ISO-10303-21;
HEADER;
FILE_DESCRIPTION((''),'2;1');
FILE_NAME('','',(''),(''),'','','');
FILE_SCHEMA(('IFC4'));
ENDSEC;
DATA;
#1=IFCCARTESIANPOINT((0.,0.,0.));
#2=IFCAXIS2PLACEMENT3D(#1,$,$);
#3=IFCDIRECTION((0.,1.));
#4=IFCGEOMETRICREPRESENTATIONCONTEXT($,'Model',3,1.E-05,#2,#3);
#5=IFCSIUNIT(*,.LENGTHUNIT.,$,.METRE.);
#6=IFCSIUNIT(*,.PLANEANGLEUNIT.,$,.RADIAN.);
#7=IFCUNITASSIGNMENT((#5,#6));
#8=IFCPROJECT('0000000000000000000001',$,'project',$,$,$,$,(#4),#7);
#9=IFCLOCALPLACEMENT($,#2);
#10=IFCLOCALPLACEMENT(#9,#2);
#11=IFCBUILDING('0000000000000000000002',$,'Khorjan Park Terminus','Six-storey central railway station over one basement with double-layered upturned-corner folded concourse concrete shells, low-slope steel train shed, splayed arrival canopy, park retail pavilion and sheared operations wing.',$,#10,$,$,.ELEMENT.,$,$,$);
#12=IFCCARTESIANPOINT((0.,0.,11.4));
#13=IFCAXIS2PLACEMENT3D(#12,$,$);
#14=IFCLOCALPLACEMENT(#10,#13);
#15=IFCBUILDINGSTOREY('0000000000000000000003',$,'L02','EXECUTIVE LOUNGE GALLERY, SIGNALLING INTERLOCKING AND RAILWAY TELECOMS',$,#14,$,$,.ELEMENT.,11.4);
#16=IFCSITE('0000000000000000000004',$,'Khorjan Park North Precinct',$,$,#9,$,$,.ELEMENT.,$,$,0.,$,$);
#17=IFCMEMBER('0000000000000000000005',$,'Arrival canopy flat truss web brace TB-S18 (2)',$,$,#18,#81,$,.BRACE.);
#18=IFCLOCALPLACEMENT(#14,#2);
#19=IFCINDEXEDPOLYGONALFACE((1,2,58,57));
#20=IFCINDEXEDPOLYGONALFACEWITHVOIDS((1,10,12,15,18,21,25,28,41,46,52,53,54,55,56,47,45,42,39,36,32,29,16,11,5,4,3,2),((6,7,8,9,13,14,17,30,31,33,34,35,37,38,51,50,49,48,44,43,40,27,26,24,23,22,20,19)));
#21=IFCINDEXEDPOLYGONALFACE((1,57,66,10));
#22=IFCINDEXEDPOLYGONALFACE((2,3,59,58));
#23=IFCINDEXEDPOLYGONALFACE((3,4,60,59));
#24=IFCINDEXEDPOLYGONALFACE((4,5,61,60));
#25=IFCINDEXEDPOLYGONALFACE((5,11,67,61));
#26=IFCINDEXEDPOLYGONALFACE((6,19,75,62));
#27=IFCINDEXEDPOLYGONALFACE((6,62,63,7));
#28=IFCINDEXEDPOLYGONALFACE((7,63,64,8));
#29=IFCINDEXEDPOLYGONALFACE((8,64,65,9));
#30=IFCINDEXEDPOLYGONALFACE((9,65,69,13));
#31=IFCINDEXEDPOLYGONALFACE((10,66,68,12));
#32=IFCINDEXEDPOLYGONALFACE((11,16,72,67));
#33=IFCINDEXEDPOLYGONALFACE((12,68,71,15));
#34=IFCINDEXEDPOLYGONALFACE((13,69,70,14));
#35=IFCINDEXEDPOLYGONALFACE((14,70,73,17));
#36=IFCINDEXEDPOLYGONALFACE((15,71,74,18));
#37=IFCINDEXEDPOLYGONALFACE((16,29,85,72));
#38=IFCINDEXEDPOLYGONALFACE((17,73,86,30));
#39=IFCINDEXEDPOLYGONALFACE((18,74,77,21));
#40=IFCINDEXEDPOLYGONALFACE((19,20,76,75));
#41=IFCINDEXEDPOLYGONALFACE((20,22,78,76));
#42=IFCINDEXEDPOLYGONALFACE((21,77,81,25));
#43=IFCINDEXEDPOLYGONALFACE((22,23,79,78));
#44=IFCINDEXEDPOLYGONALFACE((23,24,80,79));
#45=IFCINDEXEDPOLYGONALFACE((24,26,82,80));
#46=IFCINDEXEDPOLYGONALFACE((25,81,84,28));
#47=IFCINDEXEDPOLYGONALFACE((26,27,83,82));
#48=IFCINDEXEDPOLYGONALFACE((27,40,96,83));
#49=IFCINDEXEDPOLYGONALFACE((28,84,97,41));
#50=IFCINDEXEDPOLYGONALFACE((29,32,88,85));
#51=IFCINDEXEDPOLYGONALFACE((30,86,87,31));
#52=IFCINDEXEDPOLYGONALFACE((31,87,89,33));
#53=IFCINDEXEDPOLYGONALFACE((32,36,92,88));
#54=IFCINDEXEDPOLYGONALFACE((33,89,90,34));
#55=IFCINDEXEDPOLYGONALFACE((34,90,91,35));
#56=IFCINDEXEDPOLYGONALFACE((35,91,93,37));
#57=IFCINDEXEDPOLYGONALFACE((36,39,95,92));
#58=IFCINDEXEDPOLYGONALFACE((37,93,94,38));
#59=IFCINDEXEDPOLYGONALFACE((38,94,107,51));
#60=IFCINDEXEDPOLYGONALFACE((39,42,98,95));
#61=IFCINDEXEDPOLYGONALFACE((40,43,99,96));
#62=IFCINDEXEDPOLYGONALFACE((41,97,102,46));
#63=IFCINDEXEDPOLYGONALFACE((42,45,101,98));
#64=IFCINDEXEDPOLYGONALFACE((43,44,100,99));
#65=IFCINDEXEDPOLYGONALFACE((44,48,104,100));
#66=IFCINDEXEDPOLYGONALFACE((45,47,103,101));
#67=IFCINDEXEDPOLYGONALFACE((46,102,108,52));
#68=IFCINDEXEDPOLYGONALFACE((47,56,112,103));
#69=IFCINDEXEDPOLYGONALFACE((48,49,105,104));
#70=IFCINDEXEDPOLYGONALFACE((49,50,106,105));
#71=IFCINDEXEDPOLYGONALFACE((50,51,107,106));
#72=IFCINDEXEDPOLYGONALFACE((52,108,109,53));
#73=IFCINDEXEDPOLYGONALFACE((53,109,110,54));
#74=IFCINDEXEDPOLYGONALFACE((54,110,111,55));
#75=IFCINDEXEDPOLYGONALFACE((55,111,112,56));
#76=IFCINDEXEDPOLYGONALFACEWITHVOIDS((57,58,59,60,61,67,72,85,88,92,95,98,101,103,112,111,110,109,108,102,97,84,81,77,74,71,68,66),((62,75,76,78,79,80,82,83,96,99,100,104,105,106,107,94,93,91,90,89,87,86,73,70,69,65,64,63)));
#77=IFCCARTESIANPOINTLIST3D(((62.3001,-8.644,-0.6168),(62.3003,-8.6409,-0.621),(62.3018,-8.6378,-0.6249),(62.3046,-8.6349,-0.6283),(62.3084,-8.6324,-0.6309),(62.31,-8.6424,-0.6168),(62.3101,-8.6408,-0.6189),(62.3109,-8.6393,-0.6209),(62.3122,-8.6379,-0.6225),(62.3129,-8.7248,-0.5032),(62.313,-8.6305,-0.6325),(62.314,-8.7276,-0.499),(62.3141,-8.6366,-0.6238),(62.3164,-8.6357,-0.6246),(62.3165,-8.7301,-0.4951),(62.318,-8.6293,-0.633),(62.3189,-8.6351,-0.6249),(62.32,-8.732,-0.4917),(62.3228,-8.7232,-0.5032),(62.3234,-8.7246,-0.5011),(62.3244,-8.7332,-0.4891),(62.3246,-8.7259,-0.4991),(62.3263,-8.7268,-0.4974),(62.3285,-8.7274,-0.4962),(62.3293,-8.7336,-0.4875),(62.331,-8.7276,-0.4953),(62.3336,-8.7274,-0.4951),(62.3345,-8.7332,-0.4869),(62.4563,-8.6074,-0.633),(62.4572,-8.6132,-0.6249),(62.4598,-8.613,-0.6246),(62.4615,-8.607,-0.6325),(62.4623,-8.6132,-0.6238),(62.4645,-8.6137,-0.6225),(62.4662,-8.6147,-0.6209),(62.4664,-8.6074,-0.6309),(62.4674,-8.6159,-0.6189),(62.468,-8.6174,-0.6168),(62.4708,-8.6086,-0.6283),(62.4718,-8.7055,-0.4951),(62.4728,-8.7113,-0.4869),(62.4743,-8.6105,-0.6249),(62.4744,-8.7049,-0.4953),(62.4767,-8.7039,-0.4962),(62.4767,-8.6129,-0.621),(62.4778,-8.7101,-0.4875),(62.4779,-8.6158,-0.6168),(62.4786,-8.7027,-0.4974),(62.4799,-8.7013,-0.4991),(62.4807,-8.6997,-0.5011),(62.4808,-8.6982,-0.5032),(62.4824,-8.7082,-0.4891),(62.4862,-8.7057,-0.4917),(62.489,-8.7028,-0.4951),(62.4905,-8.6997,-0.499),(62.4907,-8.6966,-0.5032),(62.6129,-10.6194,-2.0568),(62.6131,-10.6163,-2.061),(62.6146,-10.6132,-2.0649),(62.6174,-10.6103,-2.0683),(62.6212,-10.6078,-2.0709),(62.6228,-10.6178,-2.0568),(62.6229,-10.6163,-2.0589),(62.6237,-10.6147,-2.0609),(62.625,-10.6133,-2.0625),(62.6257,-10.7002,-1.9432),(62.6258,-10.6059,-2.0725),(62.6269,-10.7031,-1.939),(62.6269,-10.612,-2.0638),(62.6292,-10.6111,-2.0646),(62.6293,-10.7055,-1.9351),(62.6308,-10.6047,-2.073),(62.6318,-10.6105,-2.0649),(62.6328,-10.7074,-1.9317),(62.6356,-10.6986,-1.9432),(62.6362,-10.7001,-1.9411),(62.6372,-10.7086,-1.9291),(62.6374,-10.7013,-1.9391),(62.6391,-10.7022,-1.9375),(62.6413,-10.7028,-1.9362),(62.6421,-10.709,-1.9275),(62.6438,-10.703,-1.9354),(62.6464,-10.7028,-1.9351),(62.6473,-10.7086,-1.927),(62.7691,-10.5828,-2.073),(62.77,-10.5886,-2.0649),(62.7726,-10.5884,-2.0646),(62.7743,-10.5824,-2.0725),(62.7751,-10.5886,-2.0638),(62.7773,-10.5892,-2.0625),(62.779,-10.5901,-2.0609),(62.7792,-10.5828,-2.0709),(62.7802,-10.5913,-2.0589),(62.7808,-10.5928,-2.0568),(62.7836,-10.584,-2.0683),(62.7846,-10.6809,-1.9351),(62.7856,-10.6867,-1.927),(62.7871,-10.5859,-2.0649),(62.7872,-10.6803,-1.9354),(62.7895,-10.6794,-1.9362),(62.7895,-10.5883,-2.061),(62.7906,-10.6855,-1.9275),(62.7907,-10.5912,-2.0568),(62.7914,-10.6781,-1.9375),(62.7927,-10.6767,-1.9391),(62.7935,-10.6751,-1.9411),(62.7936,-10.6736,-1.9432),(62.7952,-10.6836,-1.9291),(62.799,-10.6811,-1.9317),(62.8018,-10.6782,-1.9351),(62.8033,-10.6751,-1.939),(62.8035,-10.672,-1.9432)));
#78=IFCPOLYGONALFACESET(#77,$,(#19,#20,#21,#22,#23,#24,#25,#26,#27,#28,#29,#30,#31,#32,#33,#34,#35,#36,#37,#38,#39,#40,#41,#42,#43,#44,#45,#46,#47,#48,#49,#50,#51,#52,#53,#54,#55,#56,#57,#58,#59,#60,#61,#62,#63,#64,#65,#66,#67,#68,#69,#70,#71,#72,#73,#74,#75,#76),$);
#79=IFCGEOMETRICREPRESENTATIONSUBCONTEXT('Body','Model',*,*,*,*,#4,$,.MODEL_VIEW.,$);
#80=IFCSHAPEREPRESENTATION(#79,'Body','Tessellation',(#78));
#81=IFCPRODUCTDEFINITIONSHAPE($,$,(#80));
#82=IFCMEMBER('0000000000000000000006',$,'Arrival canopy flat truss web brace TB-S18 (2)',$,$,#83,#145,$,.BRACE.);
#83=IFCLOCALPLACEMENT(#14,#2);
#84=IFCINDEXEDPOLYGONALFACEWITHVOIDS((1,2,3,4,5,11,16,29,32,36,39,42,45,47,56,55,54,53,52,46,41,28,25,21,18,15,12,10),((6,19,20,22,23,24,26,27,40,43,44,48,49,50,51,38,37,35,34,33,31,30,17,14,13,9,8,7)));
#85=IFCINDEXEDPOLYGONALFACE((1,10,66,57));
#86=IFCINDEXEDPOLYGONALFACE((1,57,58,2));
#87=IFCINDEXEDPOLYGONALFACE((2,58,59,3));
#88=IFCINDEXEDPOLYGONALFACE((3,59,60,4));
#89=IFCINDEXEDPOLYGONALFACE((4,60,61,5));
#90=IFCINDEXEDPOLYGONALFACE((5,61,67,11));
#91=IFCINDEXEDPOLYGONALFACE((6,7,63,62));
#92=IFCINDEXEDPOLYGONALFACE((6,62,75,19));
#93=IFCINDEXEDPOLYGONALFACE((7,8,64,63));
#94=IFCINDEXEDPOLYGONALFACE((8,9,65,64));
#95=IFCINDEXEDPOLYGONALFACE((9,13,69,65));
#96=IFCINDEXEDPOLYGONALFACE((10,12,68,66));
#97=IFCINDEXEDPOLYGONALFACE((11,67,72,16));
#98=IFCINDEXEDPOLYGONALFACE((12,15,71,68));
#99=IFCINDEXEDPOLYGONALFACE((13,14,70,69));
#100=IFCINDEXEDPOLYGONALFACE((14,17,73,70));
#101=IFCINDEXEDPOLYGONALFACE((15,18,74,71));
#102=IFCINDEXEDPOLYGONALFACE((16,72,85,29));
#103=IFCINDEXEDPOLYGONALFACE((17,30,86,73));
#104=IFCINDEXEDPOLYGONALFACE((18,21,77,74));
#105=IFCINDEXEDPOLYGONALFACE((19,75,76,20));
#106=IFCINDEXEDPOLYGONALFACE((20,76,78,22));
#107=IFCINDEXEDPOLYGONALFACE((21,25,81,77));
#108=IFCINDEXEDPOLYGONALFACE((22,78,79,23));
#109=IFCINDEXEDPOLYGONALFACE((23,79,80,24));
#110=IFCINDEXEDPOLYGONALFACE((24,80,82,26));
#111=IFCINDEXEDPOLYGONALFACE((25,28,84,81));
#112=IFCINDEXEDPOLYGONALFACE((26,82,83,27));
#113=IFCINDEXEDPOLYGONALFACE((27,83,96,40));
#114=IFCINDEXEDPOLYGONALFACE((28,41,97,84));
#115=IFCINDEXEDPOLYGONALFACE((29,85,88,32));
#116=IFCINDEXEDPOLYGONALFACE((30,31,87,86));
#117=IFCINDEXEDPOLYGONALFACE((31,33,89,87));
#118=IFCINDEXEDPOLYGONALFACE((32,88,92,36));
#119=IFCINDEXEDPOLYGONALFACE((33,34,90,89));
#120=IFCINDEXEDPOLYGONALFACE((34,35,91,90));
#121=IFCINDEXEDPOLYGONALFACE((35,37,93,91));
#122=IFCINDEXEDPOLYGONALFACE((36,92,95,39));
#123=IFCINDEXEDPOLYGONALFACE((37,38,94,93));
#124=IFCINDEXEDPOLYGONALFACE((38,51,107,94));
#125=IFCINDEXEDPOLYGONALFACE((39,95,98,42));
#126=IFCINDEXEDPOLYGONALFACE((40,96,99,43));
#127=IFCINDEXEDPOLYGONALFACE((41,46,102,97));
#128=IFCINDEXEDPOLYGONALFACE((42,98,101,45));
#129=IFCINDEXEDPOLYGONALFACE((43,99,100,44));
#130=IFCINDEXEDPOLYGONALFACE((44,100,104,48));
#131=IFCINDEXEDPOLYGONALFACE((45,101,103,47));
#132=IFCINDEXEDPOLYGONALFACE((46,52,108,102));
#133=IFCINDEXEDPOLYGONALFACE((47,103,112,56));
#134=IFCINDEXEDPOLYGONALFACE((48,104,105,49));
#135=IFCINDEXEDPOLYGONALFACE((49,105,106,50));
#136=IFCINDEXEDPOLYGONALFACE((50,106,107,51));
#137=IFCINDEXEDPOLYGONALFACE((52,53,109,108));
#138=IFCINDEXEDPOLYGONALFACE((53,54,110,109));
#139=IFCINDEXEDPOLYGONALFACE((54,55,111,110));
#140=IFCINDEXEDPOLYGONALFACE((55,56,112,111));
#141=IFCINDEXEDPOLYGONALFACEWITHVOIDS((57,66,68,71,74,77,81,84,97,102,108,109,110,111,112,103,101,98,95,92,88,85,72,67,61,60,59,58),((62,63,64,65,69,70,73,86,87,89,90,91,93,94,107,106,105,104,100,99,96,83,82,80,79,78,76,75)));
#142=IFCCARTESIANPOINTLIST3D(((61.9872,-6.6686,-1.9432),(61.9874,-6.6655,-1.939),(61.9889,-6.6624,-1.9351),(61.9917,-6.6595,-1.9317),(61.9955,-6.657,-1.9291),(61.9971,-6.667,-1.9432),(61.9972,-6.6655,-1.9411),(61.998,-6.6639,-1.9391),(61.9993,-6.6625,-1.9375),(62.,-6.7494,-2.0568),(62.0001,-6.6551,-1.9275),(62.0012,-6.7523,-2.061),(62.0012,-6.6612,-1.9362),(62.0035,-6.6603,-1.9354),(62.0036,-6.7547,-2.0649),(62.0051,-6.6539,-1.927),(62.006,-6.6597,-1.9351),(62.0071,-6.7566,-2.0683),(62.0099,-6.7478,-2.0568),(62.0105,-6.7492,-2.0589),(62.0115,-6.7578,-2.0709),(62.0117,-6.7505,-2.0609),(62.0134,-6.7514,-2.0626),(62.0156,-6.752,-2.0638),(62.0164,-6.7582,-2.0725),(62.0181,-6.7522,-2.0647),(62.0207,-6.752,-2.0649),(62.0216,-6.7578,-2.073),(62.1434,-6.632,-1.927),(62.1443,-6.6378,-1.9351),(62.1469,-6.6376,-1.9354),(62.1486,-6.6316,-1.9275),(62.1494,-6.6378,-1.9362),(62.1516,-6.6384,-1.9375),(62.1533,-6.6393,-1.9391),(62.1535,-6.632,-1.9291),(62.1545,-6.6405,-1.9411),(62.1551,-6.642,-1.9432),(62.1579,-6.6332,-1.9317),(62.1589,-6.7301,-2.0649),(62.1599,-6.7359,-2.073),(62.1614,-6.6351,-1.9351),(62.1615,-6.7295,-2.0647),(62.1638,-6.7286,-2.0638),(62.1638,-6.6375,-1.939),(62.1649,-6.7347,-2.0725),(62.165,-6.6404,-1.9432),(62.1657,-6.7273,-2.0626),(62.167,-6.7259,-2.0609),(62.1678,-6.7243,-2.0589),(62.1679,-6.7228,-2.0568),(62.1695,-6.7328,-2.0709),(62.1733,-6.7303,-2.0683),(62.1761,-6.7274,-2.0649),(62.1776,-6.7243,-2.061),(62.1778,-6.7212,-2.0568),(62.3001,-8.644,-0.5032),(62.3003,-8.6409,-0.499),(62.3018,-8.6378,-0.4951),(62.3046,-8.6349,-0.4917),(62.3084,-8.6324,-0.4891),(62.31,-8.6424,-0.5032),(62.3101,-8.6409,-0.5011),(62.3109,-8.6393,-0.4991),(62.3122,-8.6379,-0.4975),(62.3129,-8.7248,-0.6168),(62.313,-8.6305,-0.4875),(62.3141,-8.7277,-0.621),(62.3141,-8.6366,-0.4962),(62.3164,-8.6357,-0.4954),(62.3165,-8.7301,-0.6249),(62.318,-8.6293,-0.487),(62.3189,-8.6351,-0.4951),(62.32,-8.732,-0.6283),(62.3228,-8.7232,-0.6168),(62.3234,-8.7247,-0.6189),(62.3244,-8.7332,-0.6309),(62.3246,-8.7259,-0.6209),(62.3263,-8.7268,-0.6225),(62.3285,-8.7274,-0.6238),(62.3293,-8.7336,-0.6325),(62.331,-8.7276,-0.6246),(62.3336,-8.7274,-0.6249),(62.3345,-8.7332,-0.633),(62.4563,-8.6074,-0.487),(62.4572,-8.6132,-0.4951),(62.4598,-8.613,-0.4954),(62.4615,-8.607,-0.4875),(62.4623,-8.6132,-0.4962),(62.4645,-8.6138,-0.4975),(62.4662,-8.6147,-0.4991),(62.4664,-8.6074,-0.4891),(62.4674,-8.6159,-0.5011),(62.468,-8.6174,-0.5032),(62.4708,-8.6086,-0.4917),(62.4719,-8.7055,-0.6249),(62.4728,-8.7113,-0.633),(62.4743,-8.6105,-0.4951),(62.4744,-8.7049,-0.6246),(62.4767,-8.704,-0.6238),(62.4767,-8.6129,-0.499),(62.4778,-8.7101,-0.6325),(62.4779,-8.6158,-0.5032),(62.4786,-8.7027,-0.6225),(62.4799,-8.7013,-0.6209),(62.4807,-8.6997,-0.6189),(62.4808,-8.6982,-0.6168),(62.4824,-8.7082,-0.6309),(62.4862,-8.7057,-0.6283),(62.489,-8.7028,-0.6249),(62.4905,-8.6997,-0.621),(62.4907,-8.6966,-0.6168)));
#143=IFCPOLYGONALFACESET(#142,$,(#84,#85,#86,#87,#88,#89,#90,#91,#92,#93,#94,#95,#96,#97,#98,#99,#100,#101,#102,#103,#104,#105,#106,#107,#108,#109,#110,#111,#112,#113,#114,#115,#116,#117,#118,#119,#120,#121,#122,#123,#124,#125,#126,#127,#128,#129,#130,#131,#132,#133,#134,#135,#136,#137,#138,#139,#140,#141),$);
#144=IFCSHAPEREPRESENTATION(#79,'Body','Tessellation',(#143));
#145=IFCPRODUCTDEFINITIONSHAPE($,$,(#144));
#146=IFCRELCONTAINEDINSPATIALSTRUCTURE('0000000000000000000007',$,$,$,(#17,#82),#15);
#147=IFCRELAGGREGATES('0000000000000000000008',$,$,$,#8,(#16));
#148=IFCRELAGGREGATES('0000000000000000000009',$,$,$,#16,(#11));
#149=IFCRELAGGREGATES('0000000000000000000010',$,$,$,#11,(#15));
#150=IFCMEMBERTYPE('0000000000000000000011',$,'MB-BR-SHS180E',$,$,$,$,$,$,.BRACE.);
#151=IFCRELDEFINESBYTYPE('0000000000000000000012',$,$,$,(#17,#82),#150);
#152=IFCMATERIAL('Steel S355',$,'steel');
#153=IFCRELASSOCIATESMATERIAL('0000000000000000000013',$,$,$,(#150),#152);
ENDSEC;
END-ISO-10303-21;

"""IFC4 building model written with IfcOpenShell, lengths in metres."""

from ifc_helpers import new_model, si_unit, direction, frame, origin, origin_2d, place, context, subcontext, project, spatial, hollow_rectangle, extrude, material, material_profile, profile_set, type_object, element, save


model = new_model("IFC4")

# Units and contexts
model_context = context("Model", 3, precision=1e-05, world=origin(), true_north=direction((0.0, 1.0)))
body_context = subcontext(model_context, "Body", "Model", "MODEL_VIEW")
ifc_project = project(units=[si_unit("LENGTHUNIT", "METRE"), si_unit("PLANEANGLEUNIT", "RADIAN")], contexts=[model_context])

# Site, building, storey
site_placement = place(None, origin())
site = spatial("IfcSite", under=ifc_project, at=site_placement, Name="Khorjan Park North Precinct", CompositionType="ELEMENT", RefElevation=0.0)
building_placement = place(site_placement, origin())
building = spatial("IfcBuilding", under=site, at=building_placement, Name="Khorjan Park Terminus", Description="Six-storey central railway station over one basement with double-layered upturned-corner folded concourse concrete shells, low-slope steel train shed, splayed arrival canopy, park retail pavilion and sheared operations wing.", CompositionType="ELEMENT")
storey_placement = place(building_placement, frame((0.0, 0.0, 11.4)))
storey = spatial("IfcBuildingStorey", under=building, at=storey_placement, Name="L02", Description="EXECUTIVE LOUNGE GALLERY, SIGNALLING INTERLOCKING AND RAILWAY TELECOMS", CompositionType="ELEMENT", Elevation=11.4)

# Members
ifc_material = material(Name="Steel S355", Category="steel")
ifc_material_profile_1 = material_profile(ifc_material, hollow_rectangle(XDim=0.18, YDim=0.18, WallThickness=0.01, InnerFilletRadius=0.01, OuterFilletRadius=0.02, at=origin_2d()), Name="SHS 180x180x10")
ifc_profile_set_1 = profile_set([ifc_material_profile_1], Name="Steel S355")
member_type_1 = type_object("IfcMemberType", Name="MB-BR-SHS180E", PredefinedType="BRACE", material=ifc_profile_set_1)
for number, where, z_axis, x_axis, name in (
    (1, (62.7082, -10.6457, -2.0), (-0.126923, 0.801549, 0.584302), (-0.987694, -0.156399, 0.0), "Arrival canopy flat truss web brace TB-S18 (2)"),
    (2, (62.3954, -8.6703, -0.56), (-0.126963, 0.801545, -0.584299), (-0.987686, -0.156448, 0.0), "Arrival canopy flat truss web brace TB-S18 (2)"),
):
    element("IfcMember", number, at=place(storey_placement, frame(where, z_axis=z_axis, x_axis=x_axis)), inside=storey, type_object=member_type_1, Name=name, PredefinedType="BRACE", context=body_context, shape_type="SweptSolid", body=[
        extrude(hollow_rectangle(XDim=0.18, YDim=0.18, WallThickness=0.01, InnerFilletRadius=0.01, OuterFilletRadius=0.02, at=origin_2d()), origin(), (0.0, 0.0, 1.0), 2.4645),
    ])

save(model, "model.ifc")
